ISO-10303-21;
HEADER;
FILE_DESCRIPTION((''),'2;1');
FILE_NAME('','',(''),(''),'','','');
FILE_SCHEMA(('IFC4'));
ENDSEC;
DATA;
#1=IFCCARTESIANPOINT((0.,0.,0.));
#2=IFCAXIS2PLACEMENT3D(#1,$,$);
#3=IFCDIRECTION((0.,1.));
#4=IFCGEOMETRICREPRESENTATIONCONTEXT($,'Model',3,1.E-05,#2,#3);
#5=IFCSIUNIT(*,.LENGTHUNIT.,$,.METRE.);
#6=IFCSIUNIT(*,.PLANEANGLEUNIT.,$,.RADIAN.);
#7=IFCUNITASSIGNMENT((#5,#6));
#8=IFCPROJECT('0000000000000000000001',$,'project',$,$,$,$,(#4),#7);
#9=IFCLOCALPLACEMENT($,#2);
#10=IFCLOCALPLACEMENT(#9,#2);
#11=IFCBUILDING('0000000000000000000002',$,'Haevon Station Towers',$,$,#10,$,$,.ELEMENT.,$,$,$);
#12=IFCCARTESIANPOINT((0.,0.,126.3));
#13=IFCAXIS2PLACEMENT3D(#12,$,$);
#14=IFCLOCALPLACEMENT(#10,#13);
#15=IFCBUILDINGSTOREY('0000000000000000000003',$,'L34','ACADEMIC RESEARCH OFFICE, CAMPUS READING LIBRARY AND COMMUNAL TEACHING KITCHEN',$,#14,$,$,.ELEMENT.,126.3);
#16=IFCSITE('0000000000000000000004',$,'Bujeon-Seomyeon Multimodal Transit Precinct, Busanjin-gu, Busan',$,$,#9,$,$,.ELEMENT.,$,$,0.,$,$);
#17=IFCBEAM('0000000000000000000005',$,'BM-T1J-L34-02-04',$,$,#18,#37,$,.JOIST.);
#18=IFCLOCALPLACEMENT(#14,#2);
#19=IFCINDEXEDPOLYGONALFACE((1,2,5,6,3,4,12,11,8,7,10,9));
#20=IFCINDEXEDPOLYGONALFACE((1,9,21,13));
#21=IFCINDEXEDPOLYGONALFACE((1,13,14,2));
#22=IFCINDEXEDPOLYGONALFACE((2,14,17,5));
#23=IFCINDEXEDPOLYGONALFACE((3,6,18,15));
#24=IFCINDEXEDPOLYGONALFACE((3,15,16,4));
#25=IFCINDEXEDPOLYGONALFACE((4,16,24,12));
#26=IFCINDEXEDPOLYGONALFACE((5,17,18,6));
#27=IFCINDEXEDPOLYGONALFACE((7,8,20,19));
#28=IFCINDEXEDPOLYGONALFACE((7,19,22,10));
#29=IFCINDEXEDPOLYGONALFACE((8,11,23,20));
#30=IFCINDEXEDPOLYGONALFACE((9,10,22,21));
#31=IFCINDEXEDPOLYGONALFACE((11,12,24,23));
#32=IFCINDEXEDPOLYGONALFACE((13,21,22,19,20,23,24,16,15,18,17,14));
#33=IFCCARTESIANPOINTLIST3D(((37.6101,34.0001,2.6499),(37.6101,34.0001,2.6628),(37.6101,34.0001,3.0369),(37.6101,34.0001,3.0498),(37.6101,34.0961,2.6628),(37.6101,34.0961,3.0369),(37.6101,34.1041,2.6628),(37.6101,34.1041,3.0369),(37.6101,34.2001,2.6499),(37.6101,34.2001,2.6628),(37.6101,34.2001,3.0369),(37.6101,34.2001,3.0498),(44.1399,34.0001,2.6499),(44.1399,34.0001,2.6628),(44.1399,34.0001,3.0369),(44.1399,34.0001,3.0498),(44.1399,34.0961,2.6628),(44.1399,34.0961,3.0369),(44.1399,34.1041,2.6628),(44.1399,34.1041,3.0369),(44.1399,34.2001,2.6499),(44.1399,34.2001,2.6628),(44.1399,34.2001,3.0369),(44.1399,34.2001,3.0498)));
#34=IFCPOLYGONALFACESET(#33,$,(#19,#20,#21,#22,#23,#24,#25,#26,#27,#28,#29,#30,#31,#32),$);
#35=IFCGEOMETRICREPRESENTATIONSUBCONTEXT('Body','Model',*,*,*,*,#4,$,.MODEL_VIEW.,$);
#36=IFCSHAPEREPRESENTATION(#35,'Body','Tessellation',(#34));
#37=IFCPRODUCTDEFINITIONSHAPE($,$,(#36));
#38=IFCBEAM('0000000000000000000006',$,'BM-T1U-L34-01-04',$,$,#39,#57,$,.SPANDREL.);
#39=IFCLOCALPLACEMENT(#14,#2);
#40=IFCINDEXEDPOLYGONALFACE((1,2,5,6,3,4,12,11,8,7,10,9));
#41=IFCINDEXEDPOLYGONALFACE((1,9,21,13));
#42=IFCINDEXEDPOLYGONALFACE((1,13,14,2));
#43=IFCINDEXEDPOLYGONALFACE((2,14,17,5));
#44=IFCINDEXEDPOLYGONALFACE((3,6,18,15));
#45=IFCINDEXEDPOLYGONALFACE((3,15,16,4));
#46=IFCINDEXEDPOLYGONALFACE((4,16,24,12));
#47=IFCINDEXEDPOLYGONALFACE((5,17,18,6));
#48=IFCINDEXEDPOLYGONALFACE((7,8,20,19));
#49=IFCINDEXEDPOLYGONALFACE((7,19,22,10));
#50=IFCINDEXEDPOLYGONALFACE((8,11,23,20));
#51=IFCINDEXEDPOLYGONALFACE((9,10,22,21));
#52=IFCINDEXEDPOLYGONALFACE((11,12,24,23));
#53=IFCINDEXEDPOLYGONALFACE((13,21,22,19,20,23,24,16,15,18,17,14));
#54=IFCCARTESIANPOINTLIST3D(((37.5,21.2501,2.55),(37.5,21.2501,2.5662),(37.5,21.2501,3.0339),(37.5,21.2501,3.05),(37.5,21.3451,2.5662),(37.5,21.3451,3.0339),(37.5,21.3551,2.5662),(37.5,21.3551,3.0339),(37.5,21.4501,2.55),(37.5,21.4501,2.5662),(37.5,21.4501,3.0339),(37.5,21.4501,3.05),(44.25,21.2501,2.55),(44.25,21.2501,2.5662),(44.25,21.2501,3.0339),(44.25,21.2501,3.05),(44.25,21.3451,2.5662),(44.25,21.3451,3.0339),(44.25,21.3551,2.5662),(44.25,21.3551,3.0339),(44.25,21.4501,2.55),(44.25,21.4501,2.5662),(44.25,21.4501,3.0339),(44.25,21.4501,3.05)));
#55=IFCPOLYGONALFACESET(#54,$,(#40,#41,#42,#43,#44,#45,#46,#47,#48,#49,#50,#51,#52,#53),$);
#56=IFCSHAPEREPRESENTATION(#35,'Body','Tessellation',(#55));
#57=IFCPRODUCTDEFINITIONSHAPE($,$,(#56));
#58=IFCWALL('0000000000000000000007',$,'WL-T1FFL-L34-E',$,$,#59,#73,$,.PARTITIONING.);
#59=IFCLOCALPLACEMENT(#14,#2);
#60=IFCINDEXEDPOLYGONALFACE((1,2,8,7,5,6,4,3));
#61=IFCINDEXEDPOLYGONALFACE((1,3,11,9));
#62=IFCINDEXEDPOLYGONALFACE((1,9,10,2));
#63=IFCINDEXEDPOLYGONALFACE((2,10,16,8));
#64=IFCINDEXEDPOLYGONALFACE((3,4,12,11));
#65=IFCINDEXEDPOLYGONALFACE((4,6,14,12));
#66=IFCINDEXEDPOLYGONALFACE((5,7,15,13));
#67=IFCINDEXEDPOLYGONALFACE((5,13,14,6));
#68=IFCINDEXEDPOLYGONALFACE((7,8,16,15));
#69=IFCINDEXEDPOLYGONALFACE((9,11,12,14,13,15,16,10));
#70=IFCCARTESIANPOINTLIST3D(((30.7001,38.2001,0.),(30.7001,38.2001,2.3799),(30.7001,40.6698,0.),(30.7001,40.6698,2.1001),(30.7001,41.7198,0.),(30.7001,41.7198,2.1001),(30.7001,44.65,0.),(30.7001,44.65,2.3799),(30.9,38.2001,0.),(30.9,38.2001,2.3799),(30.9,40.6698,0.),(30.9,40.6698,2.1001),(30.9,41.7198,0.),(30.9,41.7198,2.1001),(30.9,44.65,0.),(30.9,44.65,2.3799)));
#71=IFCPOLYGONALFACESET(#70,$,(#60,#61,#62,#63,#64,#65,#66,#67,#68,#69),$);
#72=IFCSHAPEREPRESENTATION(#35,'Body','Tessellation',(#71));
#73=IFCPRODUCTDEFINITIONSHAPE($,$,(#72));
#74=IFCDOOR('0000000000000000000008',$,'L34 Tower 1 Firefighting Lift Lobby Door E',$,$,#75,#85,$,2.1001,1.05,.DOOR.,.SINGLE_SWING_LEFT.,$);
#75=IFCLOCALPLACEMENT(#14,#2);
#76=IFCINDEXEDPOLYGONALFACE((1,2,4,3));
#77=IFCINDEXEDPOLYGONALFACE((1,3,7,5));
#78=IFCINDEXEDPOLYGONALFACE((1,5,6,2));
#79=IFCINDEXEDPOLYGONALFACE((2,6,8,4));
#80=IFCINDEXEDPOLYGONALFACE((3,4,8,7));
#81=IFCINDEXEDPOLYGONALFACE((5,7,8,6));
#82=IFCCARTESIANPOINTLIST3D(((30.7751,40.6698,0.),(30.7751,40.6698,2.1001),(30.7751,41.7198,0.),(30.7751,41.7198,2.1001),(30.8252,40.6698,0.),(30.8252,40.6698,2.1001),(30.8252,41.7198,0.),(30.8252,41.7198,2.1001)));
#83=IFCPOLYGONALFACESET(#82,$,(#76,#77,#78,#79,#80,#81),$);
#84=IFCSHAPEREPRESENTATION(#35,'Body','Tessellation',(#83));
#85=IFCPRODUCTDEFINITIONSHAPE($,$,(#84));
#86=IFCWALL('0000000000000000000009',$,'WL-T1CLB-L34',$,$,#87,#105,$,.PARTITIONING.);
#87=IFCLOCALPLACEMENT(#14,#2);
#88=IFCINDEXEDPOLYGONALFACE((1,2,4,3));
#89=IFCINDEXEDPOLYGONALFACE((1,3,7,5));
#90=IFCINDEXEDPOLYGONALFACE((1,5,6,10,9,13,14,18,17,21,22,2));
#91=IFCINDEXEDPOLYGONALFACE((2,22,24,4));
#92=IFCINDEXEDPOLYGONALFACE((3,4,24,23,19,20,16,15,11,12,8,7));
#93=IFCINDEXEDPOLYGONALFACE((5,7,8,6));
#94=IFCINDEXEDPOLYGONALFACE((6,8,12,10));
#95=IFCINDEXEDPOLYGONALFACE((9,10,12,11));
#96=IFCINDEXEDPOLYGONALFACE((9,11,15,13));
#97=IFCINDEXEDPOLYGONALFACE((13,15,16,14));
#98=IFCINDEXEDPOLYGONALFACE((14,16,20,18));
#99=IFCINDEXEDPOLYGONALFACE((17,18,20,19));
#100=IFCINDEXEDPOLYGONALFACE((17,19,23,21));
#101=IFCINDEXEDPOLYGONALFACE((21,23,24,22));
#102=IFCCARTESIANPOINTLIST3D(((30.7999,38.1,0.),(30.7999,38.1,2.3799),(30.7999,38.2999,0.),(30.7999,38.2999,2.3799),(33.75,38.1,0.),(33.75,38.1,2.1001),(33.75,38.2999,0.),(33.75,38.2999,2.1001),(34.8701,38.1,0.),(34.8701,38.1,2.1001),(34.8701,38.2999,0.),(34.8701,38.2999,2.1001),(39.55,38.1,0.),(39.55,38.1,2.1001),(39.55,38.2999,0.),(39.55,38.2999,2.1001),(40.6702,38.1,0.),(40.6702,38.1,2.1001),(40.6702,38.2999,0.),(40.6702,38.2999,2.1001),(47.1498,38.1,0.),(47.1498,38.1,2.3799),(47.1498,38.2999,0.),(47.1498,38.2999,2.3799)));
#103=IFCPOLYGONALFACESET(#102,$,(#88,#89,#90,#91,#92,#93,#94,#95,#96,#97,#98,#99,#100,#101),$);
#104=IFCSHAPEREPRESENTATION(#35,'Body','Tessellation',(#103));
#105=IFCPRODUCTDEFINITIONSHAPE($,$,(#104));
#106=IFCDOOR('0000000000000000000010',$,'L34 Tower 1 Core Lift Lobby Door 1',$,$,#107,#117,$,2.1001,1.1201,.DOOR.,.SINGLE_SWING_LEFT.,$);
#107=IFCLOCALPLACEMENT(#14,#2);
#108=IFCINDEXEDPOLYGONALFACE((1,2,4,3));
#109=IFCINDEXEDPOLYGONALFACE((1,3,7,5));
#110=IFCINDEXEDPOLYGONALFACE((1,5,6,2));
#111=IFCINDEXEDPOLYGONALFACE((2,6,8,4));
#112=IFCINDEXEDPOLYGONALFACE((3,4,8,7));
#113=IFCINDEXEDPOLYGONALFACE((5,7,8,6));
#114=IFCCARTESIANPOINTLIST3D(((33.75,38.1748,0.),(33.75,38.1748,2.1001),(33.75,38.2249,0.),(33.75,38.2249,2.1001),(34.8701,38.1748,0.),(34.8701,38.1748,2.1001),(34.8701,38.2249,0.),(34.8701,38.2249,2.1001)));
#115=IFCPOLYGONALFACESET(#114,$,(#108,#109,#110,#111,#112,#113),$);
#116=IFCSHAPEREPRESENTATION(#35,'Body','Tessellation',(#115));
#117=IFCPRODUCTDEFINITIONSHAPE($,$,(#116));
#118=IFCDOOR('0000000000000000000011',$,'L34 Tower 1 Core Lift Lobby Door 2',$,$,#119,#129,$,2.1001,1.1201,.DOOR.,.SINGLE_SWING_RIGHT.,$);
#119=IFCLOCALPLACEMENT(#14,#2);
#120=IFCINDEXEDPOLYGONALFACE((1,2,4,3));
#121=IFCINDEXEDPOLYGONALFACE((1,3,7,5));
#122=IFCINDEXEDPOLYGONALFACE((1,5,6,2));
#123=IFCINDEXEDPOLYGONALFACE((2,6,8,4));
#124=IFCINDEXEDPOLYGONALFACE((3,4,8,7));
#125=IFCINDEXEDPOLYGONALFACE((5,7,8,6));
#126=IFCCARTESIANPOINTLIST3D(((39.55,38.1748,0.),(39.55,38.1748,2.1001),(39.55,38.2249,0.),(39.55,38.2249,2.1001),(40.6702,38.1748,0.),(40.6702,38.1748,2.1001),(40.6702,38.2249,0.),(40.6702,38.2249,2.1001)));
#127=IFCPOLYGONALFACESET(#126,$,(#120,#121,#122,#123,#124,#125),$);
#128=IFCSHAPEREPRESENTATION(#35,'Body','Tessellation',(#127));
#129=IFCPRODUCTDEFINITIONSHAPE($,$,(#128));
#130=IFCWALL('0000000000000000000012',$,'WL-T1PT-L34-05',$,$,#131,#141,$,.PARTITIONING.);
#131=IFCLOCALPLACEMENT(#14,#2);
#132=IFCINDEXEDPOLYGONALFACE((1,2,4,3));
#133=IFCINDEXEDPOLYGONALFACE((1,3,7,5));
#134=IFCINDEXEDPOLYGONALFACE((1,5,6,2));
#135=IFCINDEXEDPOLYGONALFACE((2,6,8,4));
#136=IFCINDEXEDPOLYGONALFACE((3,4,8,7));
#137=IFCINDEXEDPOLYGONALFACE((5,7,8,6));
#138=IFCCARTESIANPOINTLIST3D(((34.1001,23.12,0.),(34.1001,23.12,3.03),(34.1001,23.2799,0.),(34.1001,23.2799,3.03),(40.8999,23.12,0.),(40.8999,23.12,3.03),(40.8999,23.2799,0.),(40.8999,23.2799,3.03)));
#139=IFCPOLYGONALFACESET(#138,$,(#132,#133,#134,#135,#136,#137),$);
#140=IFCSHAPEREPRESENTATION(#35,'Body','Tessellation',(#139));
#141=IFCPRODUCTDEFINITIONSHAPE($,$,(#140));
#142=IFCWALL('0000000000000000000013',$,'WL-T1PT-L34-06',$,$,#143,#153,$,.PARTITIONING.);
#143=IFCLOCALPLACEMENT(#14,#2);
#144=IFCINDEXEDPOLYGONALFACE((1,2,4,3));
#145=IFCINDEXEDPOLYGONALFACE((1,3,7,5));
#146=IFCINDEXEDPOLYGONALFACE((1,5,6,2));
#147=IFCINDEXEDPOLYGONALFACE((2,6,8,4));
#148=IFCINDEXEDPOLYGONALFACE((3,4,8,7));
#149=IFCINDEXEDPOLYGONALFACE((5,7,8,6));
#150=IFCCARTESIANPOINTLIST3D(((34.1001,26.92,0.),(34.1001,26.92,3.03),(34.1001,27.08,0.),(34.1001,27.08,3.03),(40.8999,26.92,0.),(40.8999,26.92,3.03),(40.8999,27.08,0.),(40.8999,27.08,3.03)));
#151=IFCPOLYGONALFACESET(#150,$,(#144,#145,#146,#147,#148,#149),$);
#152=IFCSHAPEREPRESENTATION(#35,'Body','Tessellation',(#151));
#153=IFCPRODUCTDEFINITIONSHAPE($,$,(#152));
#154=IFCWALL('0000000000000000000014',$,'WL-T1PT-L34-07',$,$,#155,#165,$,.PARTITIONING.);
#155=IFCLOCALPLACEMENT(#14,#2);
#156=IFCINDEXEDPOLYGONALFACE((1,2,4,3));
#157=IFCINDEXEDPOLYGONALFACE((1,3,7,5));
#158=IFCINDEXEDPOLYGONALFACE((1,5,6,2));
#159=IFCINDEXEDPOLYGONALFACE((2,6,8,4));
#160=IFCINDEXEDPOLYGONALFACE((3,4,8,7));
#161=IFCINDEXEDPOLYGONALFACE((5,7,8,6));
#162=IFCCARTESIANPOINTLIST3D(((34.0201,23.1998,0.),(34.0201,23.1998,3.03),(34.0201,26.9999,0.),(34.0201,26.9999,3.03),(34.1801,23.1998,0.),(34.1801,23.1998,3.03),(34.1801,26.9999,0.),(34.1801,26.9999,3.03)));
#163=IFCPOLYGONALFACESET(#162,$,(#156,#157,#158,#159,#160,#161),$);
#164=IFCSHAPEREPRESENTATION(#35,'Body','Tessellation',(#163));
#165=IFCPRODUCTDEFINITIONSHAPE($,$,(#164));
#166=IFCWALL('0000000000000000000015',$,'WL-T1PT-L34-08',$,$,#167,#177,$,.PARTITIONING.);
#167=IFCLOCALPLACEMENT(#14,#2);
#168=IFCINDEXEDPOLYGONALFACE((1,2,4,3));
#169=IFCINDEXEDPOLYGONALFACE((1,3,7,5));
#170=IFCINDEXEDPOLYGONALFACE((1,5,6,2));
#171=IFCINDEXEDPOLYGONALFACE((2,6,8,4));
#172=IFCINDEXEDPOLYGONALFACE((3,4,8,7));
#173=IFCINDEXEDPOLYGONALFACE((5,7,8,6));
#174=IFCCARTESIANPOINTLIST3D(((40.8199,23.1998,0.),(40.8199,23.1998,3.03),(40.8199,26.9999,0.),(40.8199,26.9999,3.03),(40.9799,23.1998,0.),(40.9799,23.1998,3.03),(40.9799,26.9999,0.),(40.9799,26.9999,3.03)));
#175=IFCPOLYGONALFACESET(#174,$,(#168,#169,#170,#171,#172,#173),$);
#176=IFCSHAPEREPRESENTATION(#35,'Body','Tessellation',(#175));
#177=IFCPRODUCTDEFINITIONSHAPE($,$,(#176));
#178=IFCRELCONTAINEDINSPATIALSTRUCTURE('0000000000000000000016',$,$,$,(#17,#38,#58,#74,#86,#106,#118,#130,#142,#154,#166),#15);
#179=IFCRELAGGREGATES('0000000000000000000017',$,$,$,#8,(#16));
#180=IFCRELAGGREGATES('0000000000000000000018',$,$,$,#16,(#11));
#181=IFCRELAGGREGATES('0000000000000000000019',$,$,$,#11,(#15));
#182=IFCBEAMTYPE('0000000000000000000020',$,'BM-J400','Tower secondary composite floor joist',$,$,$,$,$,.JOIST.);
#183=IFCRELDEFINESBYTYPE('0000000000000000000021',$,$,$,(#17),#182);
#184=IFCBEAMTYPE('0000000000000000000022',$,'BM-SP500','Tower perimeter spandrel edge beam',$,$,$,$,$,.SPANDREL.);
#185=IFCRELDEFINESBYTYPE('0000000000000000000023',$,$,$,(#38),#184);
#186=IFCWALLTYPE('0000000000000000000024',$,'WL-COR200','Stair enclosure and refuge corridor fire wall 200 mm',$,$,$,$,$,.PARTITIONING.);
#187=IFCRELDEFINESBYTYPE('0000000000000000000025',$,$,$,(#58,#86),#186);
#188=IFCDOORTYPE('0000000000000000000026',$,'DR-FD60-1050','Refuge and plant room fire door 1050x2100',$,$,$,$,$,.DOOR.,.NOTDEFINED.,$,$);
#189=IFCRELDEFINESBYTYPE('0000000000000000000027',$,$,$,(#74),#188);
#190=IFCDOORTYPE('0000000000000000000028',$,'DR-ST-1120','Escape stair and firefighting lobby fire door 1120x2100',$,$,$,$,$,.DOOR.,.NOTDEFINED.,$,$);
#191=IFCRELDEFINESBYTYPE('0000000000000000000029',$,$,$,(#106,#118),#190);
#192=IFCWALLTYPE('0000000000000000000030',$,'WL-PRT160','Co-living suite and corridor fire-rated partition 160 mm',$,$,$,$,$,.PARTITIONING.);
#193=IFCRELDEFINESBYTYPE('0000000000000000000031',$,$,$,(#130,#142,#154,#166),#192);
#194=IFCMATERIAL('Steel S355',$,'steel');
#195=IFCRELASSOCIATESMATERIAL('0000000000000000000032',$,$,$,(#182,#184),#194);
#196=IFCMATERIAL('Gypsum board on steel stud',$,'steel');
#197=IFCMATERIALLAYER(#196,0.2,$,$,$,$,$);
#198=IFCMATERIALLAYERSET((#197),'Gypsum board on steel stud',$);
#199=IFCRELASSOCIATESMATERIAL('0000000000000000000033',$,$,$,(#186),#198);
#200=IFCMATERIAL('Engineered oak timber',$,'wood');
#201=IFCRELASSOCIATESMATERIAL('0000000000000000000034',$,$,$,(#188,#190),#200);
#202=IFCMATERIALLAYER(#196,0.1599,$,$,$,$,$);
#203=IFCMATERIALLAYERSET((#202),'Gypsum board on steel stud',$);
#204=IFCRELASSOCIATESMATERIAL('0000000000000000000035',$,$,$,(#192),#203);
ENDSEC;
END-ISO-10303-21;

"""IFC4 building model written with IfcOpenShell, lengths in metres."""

from ifc_helpers import new_model, si_unit, direction, frame, frame_2d, origin, origin_2d, place, context, subcontext, project, spatial, rectangle, i_section, extrude, material, layer, layer_set, material_profile, profile_set, type_object, element, fill, save


model = new_model("IFC4")

# Units and contexts
model_context = context("Model", 3, precision=1e-05, world=origin(), true_north=direction((0.0, 1.0)))
body_context = subcontext(model_context, "Body", "Model", "MODEL_VIEW")
ifc_project = project(units=[si_unit("LENGTHUNIT", "METRE"), si_unit("PLANEANGLEUNIT", "RADIAN")], contexts=[model_context])

# Site, building, storey
site_placement = place(None, origin())
site = spatial("IfcSite", under=ifc_project, at=site_placement, Name="Bujeon-Seomyeon Multimodal Transit Precinct, Busanjin-gu, Busan", CompositionType="ELEMENT", RefElevation=0.0)
building_placement = place(site_placement, origin())
building = spatial("IfcBuilding", under=site, at=building_placement, Name="Haevon Station Towers", CompositionType="ELEMENT")
storey_placement = place(building_placement, frame((0.0, 0.0, 126.3)))
storey = spatial("IfcBuildingStorey", under=building, at=storey_placement, Name="L34", Description="ACADEMIC RESEARCH OFFICE, CAMPUS READING LIBRARY AND COMMUNAL TEACHING KITCHEN", CompositionType="ELEMENT", Elevation=126.3)

# Beams
ifc_material_1 = material(Name="Steel S355", Category="steel")
ifc_material_profile_1 = material_profile(ifc_material_1, i_section(OverallWidth=0.2, OverallDepth=0.3999, WebThickness=0.0081, FlangeThickness=0.0129, at=origin_2d()), Name="H-400x200x8x13")
ifc_profile_set_1 = profile_set([ifc_material_profile_1], Name="Steel S355")
beam_type_1 = type_object("IfcBeamType", Name="BM-J400", Description="Tower secondary composite floor joist", PredefinedType="JOIST", material=ifc_profile_set_1)
for number, where, z_axis, x_axis, name in (
    (1, (37.6101, 34.1001, 2.8499), (1.0, 0.0, 0.0), (0.0, 1.0, 0.0), "BM-T1J-L34-02-04"),
):
    element("IfcBeam", number, at=place(storey_placement, frame(where, z_axis=z_axis, x_axis=x_axis)), inside=storey, type_object=beam_type_1, Name=name, PredefinedType="JOIST", context=body_context, shape_type="SweptSolid", body=[
        extrude(i_section(OverallWidth=0.2, OverallDepth=0.3999, WebThickness=0.0081, FlangeThickness=0.0129, at=origin_2d()), origin(), (0.0, 0.0, 1.0), 6.5298),
    ])
ifc_material_profile_2 = material_profile(ifc_material_1, i_section(OverallWidth=0.2, OverallDepth=0.5, WebThickness=0.01, FlangeThickness=0.0161, at=origin_2d()), Name="H-500x200x10x16")
ifc_profile_set_2 = profile_set([ifc_material_profile_2], Name="Steel S355")
beam_type_2 = type_object("IfcBeamType", Name="BM-SP500", Description="Tower perimeter spandrel edge beam", PredefinedType="SPANDREL", material=ifc_profile_set_2)
beam_1_placement = place(storey_placement, frame((37.5, 21.3501, 2.8), z_axis=(1.0, 0.0, 0.0), x_axis=(0.0, 1.0, 0.0)))
element("IfcBeam", 2, at=beam_1_placement, inside=storey, type_object=beam_type_2, Name="BM-T1U-L34-01-04", PredefinedType="SPANDREL", context=body_context, shape_type="SweptSolid", body=[
    extrude(i_section(OverallWidth=0.2, OverallDepth=0.5, WebThickness=0.01, FlangeThickness=0.0161, at=origin_2d()), origin(), (0.0, 0.0, 1.0), 6.75),
])

# Wall, opening, door
ifc_material_2 = material(Name="Gypsum board on steel stud", Category="steel")
ifc_layer_1 = layer(ifc_material_2, 0.2)
ifc_layer_set_1 = layer_set([ifc_layer_1], Name="Gypsum board on steel stud")
wall_type_1 = type_object("IfcWallType", Name="WL-COR200", Description="Stair enclosure and refuge corridor fire wall 200 mm", PredefinedType="PARTITIONING", material=ifc_layer_set_1)
wall_1_placement = place(storey_placement, frame((30.8, 38.2, 0.0), z_axis=(0.0, 0.0, 1.0), x_axis=(0.0, 1.0, 0.0)))
wall_1 = element("IfcWall", 3, at=wall_1_placement, inside=storey, type_object=wall_type_1, Name="WL-T1FFL-L34-E", PredefinedType="PARTITIONING", context=body_context, shape_type="SweptSolid", body=[
    extrude(rectangle(XDim=6.45, YDim=0.2, at=frame_2d((3.2251, 0.0))), origin(), (0.0, 0.0, 1.0), 2.3799),
])
opening_1_placement = place(wall_1_placement, frame((2.47, 0.0, 0.0)))
opening_1 = element("IfcOpeningElement", 4, at=opening_1_placement, cuts=wall_1, PredefinedType="OPENING", context=body_context, shape_type="SweptSolid", body=[
    extrude(rectangle(XDim=1.05, YDim=2.1001, at=frame_2d((0.5249, 1.05))), frame((0.0, 0.1099, 0.0), z_axis=(0.0, -1.0, 0.0), x_axis=(1.0, 0.0, 0.0)), (0.0, 0.0, 1.0), 0.22),
])
ifc_material_3 = material(Name="Engineered oak timber", Category="wood")
door_type_1 = type_object("IfcDoorType", Name="DR-FD60-1050", Description="Refuge and plant room fire door 1050x2100", OperationType="NOTDEFINED", PredefinedType="DOOR", material=ifc_material_3)
door_1_placement = place(opening_1_placement, origin())
door_1 = element("IfcDoor", 5, at=door_1_placement, inside=storey, type_object=door_type_1, Name="L34 Tower 1 Firefighting Lift Lobby Door E", OperationType="SINGLE_SWING_LEFT", OverallHeight=2.1001, OverallWidth=1.05, PredefinedType="DOOR", context=body_context, shape_type="SweptSolid", body=[
    extrude(rectangle(XDim=1.05, YDim=2.1001, at=frame_2d((0.5249, 1.05))), frame((0.0, 0.0249, 0.0), z_axis=(0.0, -1.0, 0.0), x_axis=(1.0, 0.0, 0.0)), (0.0, 0.0, 1.0), 0.05),
])
fill(opening_1, door_1)

# Wall, openings, doors
wall_2_placement = place(storey_placement, frame((30.8, 38.2, 0.0), z_axis=(0.0, 0.0, 1.0), x_axis=(1.0, 0.0, 0.0)))
wall_2 = element("IfcWall", 6, at=wall_2_placement, inside=storey, type_object=wall_type_1, Name="WL-T1CLB-L34", PredefinedType="PARTITIONING", context=body_context, shape_type="SweptSolid", body=[
    extrude(rectangle(XDim=16.3499, YDim=0.2, at=frame_2d((8.1748, 0.0))), origin(), (0.0, 0.0, 1.0), 2.3799),
])
opening_2_placement = place(wall_2_placement, frame((2.95, 0.0, 0.0)))
opening_2 = element("IfcOpeningElement", 7, at=opening_2_placement, cuts=wall_2, PredefinedType="OPENING", context=body_context, shape_type="SweptSolid", body=[
    extrude(rectangle(XDim=1.1201, YDim=2.1001, at=frame_2d((0.5601, 1.05))), frame((0.0, 0.1099, 0.0), z_axis=(0.0, -1.0, 0.0), x_axis=(1.0, 0.0, 0.0)), (0.0, 0.0, 1.0), 0.22),
])
opening_3_placement = place(wall_2_placement, frame((8.75, 0.0, 0.0)))
opening_3 = element("IfcOpeningElement", 8, at=opening_3_placement, cuts=wall_2, PredefinedType="OPENING", context=body_context, shape_type="SweptSolid", body=[
    extrude(rectangle(XDim=1.1201, YDim=2.1001, at=frame_2d((0.5601, 1.05))), frame((0.0, 0.1099, 0.0), z_axis=(0.0, -1.0, 0.0), x_axis=(1.0, 0.0, 0.0)), (0.0, 0.0, 1.0), 0.22),
])
door_type_2 = type_object("IfcDoorType", Name="DR-ST-1120", Description="Escape stair and firefighting lobby fire door 1120x2100", OperationType="NOTDEFINED", PredefinedType="DOOR", material=ifc_material_3)
door_2_placement = place(opening_2_placement, origin())
door_2 = element("IfcDoor", 9, at=door_2_placement, inside=storey, type_object=door_type_2, Name="L34 Tower 1 Core Lift Lobby Door 1", OperationType="SINGLE_SWING_LEFT", OverallHeight=2.1001, OverallWidth=1.1201, PredefinedType="DOOR", context=body_context, shape_type="SweptSolid", body=[
    extrude(rectangle(XDim=1.1201, YDim=2.1001, at=frame_2d((0.5601, 1.05))), frame((0.0, 0.0249, 0.0), z_axis=(0.0, -1.0, 0.0), x_axis=(1.0, 0.0, 0.0)), (0.0, 0.0, 1.0), 0.05),
])
fill(opening_2, door_2)
door_3_placement = place(opening_3_placement, origin())
door_3 = element("IfcDoor", 10, at=door_3_placement, inside=storey, type_object=door_type_2, Name="L34 Tower 1 Core Lift Lobby Door 2", OperationType="SINGLE_SWING_RIGHT", OverallHeight=2.1001, OverallWidth=1.1201, PredefinedType="DOOR", context=body_context, shape_type="SweptSolid", body=[
    extrude(rectangle(XDim=1.1201, YDim=2.1001, at=frame_2d((0.5601, 1.05))), frame((0.0, 0.0249, 0.0), z_axis=(0.0, -1.0, 0.0), x_axis=(1.0, 0.0, 0.0)), (0.0, 0.0, 1.0), 0.05),
])
fill(opening_3, door_3)

# Walls
ifc_layer_2 = layer(ifc_material_2, 0.1599)
ifc_layer_set_2 = layer_set([ifc_layer_2], Name="Gypsum board on steel stud")
wall_type_2 = type_object("IfcWallType", Name="WL-PRT160", Description="Co-living suite and corridor fire-rated partition 160 mm", PredefinedType="PARTITIONING", material=ifc_layer_set_2)
for number, where, z_axis, x_axis, name in (
    (11, (34.1001, 23.2, 0.0), (0.0, 0.0, 1.0), (1.0, 0.0, 0.0), "WL-T1PT-L34-05"),
    (12, (34.1001, 27.0, 0.0), (0.0, 0.0, 1.0), (1.0, 0.0, 0.0), "WL-T1PT-L34-06"),
):
    element("IfcWall", number, at=place(storey_placement, frame(where, z_axis=z_axis, x_axis=x_axis)), inside=storey, type_object=wall_type_2, Name=name, PredefinedType="PARTITIONING", context=body_context, shape_type="SweptSolid", body=[
        extrude(rectangle(XDim=6.7998, YDim=0.1599, at=frame_2d((3.3999, 0.0))), origin(), (0.0, 0.0, 1.0), 3.03),
    ])
for number, where, z_axis, x_axis, name in (
    (13, (34.1001, 23.2, 0.0), (0.0, 0.0, 1.0), (0.0, 1.0, 0.0), "WL-T1PT-L34-07"),
    (14, (40.8999, 23.2, 0.0), (0.0, 0.0, 1.0), (0.0, 1.0, 0.0), "WL-T1PT-L34-08"),
):
    element("IfcWall", number, at=place(storey_placement, frame(where, z_axis=z_axis, x_axis=x_axis)), inside=storey, type_object=wall_type_2, Name=name, PredefinedType="PARTITIONING", context=body_context, shape_type="SweptSolid", body=[
        extrude(rectangle(XDim=3.8, YDim=0.1599, at=frame_2d((1.8999, 0.0))), origin(), (0.0, 0.0, 1.0), 3.03),
    ])

save(model, "model.ifc")
